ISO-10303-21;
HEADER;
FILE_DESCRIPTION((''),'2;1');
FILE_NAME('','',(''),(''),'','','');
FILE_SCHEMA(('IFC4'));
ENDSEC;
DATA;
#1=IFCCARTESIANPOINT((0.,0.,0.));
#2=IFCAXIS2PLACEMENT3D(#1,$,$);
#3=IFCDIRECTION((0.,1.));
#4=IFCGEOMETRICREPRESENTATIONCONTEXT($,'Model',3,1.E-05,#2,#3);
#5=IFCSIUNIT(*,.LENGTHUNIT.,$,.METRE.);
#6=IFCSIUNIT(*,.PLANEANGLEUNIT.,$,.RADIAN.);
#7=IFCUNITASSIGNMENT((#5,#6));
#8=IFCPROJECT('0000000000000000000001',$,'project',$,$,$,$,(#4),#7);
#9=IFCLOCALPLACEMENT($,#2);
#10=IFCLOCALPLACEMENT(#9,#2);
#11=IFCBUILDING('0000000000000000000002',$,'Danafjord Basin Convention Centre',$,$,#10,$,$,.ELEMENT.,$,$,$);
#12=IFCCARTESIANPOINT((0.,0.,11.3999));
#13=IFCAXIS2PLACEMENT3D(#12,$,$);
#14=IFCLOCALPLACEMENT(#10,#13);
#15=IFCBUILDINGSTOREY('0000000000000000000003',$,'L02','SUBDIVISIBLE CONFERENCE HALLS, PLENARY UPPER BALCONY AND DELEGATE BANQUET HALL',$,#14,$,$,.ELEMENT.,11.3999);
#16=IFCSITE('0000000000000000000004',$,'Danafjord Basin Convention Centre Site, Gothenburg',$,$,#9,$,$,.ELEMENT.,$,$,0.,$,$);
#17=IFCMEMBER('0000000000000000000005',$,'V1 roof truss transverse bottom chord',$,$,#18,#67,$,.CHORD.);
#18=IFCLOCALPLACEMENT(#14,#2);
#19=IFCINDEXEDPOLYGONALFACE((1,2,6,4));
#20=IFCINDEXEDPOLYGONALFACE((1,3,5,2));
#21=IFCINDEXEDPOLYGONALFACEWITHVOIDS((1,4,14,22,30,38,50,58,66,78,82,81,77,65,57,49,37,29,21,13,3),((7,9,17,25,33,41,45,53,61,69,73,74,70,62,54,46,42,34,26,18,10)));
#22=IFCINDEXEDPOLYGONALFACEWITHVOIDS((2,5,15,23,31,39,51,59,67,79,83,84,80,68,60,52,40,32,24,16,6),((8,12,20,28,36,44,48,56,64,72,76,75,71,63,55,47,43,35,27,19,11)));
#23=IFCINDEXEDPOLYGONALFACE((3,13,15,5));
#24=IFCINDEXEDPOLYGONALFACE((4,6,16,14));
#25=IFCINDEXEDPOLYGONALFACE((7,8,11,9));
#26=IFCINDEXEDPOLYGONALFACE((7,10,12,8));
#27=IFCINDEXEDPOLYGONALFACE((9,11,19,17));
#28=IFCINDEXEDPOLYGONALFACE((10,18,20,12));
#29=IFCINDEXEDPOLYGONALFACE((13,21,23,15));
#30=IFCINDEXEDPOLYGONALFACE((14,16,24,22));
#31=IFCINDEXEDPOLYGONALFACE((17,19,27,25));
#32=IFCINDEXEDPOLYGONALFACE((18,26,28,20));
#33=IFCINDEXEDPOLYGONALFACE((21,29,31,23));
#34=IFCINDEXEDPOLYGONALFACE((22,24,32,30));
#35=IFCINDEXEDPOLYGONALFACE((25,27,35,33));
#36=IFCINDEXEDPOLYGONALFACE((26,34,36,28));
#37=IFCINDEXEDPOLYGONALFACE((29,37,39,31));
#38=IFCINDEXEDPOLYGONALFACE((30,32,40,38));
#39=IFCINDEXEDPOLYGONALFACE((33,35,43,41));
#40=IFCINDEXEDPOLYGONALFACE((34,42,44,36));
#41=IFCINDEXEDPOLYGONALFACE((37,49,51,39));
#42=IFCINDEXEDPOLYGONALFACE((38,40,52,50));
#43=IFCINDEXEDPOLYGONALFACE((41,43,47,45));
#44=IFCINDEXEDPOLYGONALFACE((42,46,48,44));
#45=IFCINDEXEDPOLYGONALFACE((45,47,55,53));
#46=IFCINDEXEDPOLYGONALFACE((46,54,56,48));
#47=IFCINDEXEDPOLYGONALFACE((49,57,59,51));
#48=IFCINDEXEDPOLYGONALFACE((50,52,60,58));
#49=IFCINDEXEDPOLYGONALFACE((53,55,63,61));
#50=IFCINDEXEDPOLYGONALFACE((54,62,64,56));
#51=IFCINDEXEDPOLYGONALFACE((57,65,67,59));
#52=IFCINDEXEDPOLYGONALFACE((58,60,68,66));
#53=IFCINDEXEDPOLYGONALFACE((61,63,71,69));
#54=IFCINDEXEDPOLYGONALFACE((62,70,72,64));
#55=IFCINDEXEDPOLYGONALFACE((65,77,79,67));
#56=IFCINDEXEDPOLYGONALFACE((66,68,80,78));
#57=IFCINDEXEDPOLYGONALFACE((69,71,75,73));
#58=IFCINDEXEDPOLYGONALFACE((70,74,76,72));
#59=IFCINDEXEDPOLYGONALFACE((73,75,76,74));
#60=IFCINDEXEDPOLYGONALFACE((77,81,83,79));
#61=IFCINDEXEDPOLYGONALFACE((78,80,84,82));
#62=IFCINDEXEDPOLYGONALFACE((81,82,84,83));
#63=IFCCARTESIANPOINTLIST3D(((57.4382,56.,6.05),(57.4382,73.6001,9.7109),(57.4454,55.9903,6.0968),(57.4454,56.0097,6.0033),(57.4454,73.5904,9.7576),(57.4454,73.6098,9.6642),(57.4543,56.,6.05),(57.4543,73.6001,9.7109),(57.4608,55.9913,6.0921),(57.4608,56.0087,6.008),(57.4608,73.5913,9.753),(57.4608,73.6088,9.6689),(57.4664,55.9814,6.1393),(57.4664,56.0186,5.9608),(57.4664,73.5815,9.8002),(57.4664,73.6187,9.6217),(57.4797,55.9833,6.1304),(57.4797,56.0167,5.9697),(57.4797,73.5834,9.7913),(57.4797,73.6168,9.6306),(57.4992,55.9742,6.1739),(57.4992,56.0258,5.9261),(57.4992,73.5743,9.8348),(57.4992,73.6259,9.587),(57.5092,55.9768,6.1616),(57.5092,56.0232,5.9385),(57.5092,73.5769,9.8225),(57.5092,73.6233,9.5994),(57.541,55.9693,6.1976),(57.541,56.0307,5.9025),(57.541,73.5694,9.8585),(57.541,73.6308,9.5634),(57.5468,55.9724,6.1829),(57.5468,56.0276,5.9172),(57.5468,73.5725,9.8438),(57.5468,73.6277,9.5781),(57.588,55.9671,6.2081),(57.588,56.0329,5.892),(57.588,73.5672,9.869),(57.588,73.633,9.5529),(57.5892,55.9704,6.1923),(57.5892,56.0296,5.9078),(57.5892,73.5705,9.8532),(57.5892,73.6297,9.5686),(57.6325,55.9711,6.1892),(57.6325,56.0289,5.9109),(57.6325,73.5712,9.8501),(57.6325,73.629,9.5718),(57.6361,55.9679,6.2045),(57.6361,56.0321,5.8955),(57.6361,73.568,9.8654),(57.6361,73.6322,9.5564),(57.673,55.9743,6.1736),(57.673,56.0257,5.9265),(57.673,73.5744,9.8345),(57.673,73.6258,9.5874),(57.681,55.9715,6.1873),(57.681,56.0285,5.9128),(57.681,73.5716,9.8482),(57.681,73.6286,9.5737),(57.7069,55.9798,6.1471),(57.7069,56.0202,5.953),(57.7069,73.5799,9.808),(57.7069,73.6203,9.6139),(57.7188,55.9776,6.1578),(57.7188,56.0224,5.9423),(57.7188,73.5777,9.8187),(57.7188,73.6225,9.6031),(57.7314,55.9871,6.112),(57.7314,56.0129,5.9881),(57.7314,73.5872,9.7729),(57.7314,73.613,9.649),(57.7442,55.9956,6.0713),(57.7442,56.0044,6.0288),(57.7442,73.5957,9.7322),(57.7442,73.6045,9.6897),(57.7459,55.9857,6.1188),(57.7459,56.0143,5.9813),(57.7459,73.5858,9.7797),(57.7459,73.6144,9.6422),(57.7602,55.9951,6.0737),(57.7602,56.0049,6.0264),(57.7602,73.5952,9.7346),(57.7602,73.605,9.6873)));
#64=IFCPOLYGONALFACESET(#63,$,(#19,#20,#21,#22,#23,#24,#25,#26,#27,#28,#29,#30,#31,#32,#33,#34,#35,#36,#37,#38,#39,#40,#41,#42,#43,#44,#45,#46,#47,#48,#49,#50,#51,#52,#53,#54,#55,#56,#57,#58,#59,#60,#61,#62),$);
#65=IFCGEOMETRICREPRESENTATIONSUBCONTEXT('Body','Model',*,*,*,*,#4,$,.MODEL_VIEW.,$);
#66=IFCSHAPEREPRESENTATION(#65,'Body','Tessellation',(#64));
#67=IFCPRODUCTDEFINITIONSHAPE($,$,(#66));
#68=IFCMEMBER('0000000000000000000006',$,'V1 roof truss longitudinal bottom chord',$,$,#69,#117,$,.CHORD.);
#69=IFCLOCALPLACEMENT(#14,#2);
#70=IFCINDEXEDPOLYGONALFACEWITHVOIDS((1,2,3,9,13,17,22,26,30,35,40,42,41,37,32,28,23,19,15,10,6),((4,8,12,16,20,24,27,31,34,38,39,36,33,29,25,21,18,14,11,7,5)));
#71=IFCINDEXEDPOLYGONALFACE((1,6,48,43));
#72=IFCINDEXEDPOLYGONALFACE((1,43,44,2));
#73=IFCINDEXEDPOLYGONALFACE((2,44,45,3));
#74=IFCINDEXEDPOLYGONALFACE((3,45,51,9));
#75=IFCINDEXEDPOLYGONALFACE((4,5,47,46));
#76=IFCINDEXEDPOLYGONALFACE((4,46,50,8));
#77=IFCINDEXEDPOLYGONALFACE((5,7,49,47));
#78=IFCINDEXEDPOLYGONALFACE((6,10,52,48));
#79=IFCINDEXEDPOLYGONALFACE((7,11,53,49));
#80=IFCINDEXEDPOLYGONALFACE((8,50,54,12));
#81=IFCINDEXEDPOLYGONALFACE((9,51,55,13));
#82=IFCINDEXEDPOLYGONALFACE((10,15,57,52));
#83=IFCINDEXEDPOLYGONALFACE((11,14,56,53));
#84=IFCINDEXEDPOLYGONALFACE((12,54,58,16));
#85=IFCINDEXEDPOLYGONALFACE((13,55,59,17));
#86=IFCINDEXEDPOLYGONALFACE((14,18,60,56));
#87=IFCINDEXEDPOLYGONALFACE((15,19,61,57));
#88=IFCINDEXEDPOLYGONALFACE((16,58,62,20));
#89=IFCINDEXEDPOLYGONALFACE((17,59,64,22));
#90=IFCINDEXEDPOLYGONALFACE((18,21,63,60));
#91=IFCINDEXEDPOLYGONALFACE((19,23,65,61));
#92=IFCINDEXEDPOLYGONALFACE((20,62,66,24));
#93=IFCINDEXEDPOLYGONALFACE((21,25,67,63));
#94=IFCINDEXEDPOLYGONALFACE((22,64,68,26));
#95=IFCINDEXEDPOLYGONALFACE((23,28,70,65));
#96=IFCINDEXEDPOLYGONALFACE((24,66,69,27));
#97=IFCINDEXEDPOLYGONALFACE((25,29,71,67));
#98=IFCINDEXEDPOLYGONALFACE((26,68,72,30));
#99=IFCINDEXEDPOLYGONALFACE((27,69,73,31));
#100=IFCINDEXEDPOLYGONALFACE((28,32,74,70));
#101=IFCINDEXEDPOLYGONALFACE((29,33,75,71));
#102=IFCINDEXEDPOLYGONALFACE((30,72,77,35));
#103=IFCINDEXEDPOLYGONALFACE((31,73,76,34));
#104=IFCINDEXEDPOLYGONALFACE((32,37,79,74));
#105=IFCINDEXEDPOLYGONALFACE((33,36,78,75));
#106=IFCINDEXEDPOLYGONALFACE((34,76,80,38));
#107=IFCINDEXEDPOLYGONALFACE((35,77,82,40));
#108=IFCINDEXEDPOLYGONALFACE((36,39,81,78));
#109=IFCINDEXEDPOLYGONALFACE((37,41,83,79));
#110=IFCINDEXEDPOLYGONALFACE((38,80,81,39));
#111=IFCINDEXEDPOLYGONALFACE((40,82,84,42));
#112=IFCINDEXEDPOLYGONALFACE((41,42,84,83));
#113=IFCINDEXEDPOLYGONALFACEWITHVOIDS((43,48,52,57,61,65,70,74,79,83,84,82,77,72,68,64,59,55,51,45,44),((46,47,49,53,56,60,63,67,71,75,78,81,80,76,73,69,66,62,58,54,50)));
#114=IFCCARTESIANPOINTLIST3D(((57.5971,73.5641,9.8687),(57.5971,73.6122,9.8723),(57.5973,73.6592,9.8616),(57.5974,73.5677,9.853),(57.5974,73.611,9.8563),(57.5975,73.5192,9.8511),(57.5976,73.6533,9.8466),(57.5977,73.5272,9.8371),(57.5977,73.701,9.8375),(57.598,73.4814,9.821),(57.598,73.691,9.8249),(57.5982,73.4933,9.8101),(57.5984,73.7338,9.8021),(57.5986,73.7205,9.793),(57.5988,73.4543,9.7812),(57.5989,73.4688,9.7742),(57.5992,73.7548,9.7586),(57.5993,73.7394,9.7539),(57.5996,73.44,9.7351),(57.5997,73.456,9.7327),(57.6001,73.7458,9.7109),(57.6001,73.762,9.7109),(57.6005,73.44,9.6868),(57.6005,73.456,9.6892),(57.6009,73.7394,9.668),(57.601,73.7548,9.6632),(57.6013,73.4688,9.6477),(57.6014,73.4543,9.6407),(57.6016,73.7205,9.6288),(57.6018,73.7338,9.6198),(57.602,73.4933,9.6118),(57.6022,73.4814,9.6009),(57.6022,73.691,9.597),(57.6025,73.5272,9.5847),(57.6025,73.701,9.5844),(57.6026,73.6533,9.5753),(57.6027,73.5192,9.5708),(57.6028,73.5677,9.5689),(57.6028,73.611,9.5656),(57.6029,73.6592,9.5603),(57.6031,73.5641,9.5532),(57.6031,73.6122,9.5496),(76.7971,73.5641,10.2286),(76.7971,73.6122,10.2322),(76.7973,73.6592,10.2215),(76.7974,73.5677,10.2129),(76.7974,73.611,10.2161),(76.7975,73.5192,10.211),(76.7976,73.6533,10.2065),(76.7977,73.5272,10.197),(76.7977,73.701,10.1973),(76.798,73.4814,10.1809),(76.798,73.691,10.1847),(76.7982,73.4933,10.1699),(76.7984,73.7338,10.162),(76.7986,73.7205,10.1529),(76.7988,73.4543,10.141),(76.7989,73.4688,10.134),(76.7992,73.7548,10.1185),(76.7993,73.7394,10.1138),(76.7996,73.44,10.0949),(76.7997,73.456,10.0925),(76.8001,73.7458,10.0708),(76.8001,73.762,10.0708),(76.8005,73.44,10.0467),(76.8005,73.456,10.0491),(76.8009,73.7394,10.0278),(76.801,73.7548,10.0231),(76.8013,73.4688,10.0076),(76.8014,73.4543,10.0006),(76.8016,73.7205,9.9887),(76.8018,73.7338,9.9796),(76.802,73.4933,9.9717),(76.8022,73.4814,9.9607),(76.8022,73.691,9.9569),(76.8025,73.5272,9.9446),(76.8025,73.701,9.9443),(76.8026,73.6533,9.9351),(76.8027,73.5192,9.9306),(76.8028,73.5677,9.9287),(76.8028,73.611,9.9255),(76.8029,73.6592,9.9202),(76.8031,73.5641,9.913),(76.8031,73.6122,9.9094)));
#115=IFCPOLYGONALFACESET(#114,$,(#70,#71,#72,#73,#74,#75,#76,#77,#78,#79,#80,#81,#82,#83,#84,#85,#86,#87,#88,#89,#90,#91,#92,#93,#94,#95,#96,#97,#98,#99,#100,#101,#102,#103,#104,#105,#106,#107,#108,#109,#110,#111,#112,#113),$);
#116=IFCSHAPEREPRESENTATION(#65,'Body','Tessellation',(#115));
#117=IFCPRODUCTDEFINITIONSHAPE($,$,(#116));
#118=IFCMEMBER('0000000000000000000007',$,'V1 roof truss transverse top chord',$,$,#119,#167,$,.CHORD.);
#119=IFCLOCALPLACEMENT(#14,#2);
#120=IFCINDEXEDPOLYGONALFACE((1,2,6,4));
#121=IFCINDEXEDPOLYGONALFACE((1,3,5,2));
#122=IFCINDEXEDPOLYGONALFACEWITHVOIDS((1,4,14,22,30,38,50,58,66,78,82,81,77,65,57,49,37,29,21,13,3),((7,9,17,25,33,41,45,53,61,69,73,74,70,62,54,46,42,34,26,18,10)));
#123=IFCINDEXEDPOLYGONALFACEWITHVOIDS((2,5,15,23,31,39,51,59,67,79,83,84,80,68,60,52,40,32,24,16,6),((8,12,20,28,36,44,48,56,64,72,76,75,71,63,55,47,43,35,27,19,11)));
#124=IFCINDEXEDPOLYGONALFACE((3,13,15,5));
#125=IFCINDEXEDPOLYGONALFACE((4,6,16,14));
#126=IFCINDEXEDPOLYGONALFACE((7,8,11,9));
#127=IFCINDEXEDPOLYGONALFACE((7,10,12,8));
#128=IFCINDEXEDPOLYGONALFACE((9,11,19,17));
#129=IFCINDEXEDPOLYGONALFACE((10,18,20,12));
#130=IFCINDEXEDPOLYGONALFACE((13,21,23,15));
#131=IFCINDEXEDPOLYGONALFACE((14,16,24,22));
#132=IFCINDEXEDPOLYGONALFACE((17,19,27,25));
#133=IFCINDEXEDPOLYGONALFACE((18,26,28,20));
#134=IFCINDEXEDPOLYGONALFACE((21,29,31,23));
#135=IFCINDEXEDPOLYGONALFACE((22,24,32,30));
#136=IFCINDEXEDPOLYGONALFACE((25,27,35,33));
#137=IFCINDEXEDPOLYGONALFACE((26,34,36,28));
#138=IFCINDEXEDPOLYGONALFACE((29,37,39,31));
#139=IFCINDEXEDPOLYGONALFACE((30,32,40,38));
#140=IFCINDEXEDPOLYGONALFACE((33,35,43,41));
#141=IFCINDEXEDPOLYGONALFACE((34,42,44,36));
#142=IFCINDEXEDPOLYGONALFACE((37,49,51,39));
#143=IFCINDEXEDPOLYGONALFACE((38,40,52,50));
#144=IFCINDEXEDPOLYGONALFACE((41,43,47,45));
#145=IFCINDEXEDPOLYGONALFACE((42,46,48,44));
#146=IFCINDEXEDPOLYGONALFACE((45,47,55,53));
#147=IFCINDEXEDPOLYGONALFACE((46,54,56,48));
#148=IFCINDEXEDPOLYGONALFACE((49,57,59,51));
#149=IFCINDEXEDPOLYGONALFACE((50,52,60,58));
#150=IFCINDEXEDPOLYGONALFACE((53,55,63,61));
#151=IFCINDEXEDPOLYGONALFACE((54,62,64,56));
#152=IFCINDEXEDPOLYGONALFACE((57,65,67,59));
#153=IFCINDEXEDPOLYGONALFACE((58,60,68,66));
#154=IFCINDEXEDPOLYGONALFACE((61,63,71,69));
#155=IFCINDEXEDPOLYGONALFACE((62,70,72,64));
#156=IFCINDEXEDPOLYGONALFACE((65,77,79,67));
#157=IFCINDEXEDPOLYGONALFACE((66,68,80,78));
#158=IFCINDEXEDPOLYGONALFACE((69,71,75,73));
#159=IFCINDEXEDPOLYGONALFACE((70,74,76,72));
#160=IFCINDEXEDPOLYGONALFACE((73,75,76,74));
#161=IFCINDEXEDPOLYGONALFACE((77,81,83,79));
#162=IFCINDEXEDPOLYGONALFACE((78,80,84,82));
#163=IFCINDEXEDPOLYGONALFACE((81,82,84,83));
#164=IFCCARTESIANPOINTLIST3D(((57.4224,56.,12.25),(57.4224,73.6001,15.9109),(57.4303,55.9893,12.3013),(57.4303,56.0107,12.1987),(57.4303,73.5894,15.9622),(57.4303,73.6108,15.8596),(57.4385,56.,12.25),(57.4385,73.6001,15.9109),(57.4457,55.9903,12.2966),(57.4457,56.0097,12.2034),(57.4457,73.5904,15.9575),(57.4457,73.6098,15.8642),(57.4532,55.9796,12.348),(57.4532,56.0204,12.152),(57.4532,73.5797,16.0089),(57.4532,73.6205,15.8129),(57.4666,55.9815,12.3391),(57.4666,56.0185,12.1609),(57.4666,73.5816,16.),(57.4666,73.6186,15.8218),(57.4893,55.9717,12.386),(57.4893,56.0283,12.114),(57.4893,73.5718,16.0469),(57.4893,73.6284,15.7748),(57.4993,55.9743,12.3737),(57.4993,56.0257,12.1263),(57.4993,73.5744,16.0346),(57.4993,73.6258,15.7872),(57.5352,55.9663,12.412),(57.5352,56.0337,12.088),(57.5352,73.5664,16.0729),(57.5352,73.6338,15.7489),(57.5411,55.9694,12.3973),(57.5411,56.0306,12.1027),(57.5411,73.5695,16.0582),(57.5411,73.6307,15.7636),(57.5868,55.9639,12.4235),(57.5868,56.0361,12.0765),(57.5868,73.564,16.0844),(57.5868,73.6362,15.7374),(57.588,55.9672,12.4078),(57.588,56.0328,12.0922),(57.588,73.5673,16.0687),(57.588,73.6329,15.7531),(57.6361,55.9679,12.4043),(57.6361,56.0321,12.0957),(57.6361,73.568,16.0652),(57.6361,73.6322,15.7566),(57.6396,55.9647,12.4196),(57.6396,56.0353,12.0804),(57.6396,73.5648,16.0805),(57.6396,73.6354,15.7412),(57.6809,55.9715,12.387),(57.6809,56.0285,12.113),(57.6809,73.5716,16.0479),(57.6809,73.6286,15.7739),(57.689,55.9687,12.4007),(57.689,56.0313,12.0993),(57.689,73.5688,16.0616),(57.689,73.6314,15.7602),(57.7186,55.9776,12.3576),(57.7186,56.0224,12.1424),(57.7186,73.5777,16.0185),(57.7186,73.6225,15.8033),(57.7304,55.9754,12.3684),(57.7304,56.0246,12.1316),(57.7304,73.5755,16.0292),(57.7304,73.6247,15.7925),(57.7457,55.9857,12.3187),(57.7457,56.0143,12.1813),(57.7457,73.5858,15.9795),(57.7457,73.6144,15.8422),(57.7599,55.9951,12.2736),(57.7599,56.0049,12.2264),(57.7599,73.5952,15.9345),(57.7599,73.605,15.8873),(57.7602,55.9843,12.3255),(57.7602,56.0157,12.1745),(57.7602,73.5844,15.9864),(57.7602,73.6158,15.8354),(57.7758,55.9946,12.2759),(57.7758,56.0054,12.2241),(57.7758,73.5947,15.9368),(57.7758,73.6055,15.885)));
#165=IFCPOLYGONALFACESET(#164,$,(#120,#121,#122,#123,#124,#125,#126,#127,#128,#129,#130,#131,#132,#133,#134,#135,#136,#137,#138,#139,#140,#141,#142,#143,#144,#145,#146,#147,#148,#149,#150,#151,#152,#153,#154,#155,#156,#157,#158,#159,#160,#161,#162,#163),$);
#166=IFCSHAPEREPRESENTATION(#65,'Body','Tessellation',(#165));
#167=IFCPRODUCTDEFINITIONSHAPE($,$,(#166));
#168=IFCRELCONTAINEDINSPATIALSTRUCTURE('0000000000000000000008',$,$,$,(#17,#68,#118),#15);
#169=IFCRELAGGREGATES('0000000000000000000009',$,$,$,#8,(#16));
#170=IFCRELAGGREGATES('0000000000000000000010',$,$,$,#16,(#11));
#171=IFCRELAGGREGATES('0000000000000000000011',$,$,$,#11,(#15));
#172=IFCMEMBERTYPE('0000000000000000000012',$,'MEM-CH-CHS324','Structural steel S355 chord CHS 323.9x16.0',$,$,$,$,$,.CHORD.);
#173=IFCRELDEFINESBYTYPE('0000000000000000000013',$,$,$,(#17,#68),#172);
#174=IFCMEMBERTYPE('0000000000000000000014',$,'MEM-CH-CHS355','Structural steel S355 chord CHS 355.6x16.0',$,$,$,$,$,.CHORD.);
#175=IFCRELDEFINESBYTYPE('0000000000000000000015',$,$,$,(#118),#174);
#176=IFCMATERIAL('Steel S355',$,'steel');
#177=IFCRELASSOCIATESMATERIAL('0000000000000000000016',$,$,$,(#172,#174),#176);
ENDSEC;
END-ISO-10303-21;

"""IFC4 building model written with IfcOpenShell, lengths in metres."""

from ifc_helpers import new_model, si_unit, direction, frame, origin, origin_2d, place, context, subcontext, project, spatial, hollow_circle, extrude, material, material_profile, profile_set, type_object, element, save


model = new_model("IFC4")

# Units and contexts
model_context = context("Model", 3, precision=1e-05, world=origin(), true_north=direction((0.0, 1.0)))
body_context = subcontext(model_context, "Body", "Model", "MODEL_VIEW")
ifc_project = project(units=[si_unit("LENGTHUNIT", "METRE"), si_unit("PLANEANGLEUNIT", "RADIAN")], contexts=[model_context])

# Site, building, storey
site_placement = place(None, origin())
site = spatial("IfcSite", under=ifc_project, at=site_placement, Name="Danafjord Basin Convention Centre Site, Gothenburg", CompositionType="ELEMENT", RefElevation=0.0)
building_placement = place(site_placement, origin())
building = spatial("IfcBuilding", under=site, at=building_placement, Name="Danafjord Basin Convention Centre", CompositionType="ELEMENT")
storey_placement = place(building_placement, frame((0.0, 0.0, 11.3999)))
storey = spatial("IfcBuildingStorey", under=building, at=storey_placement, Name="L02", Description="SUBDIVISIBLE CONFERENCE HALLS, PLENARY UPPER BALCONY AND DELEGATE BANQUET HALL", CompositionType="ELEMENT", Elevation=11.3999)

# Shared definitions
ifc_material_1 = material(Name="Steel S355", Category="steel")

# Members
ifc_material_profile_1 = material_profile(ifc_material_1, hollow_circle(Radius=0.1619, WallThickness=0.0161, at=origin_2d()), Name="CHS 323.9x16.0")
ifc_profile_set_1 = profile_set([ifc_material_profile_1], Name="Steel S355")
member_type_1 = type_object("IfcMemberType", Name="MEM-CH-CHS324", Description="Structural steel S355 chord CHS 323.9x16.0", PredefinedType="CHORD", material=ifc_profile_set_1)
member_1_placement = place(storey_placement, frame((57.6001, 56.0, 6.05), z_axis=(0.0, 0.979045, 0.203645), x_axis=(-1.0, 0.0, 0.0)))
element("IfcMember", 1, at=member_1_placement, inside=storey, type_object=member_type_1, Name="V1 roof truss transverse bottom chord", PredefinedType="CHORD", context=body_context, shape_type="SweptSolid", body=[
    extrude(hollow_circle(Radius=0.1619, WallThickness=0.0161, at=origin_2d()), origin(), (0.0, 0.0, 1.0), 17.9768),
])
member_2_placement = place(storey_placement, frame((57.6001, 73.6001, 9.7109), z_axis=(0.999824, 0.0, 0.01874), x_axis=(0.0, 1.0, 0.0)))
element("IfcMember", 2, at=member_2_placement, inside=storey, type_object=member_type_1, Name="V1 roof truss longitudinal bottom chord", PredefinedType="CHORD", context=body_context, shape_type="SweptSolid", body=[
    extrude(hollow_circle(Radius=0.1619, WallThickness=0.0161, at=origin_2d()), origin(), (0.0, 0.0, 1.0), 19.2034),
])
ifc_material_profile_2 = material_profile(ifc_material_1, hollow_circle(Radius=0.1777, WallThickness=0.0161, at=origin_2d()), Name="CHS 355.6x16.0")
ifc_profile_set_2 = profile_set([ifc_material_profile_2], Name="Steel S355")
member_type_2 = type_object("IfcMemberType", Name="MEM-CH-CHS355", Description="Structural steel S355 chord CHS 355.6x16.0", PredefinedType="CHORD", material=ifc_profile_set_2)
member_3_placement = place(storey_placement, frame((57.6001, 56.0, 12.25), z_axis=(0.0, 0.979045, 0.203645), x_axis=(-1.0, 0.0, 0.0)))
element("IfcMember", 3, at=member_3_placement, inside=storey, type_object=member_type_2, Name="V1 roof truss transverse top chord", PredefinedType="CHORD", context=body_context, shape_type="SweptSolid", body=[
    extrude(hollow_circle(Radius=0.1777, WallThickness=0.0161, at=origin_2d()), origin(), (0.0, 0.0, 1.0), 17.9768),
])

save(model, "model.ifc")
